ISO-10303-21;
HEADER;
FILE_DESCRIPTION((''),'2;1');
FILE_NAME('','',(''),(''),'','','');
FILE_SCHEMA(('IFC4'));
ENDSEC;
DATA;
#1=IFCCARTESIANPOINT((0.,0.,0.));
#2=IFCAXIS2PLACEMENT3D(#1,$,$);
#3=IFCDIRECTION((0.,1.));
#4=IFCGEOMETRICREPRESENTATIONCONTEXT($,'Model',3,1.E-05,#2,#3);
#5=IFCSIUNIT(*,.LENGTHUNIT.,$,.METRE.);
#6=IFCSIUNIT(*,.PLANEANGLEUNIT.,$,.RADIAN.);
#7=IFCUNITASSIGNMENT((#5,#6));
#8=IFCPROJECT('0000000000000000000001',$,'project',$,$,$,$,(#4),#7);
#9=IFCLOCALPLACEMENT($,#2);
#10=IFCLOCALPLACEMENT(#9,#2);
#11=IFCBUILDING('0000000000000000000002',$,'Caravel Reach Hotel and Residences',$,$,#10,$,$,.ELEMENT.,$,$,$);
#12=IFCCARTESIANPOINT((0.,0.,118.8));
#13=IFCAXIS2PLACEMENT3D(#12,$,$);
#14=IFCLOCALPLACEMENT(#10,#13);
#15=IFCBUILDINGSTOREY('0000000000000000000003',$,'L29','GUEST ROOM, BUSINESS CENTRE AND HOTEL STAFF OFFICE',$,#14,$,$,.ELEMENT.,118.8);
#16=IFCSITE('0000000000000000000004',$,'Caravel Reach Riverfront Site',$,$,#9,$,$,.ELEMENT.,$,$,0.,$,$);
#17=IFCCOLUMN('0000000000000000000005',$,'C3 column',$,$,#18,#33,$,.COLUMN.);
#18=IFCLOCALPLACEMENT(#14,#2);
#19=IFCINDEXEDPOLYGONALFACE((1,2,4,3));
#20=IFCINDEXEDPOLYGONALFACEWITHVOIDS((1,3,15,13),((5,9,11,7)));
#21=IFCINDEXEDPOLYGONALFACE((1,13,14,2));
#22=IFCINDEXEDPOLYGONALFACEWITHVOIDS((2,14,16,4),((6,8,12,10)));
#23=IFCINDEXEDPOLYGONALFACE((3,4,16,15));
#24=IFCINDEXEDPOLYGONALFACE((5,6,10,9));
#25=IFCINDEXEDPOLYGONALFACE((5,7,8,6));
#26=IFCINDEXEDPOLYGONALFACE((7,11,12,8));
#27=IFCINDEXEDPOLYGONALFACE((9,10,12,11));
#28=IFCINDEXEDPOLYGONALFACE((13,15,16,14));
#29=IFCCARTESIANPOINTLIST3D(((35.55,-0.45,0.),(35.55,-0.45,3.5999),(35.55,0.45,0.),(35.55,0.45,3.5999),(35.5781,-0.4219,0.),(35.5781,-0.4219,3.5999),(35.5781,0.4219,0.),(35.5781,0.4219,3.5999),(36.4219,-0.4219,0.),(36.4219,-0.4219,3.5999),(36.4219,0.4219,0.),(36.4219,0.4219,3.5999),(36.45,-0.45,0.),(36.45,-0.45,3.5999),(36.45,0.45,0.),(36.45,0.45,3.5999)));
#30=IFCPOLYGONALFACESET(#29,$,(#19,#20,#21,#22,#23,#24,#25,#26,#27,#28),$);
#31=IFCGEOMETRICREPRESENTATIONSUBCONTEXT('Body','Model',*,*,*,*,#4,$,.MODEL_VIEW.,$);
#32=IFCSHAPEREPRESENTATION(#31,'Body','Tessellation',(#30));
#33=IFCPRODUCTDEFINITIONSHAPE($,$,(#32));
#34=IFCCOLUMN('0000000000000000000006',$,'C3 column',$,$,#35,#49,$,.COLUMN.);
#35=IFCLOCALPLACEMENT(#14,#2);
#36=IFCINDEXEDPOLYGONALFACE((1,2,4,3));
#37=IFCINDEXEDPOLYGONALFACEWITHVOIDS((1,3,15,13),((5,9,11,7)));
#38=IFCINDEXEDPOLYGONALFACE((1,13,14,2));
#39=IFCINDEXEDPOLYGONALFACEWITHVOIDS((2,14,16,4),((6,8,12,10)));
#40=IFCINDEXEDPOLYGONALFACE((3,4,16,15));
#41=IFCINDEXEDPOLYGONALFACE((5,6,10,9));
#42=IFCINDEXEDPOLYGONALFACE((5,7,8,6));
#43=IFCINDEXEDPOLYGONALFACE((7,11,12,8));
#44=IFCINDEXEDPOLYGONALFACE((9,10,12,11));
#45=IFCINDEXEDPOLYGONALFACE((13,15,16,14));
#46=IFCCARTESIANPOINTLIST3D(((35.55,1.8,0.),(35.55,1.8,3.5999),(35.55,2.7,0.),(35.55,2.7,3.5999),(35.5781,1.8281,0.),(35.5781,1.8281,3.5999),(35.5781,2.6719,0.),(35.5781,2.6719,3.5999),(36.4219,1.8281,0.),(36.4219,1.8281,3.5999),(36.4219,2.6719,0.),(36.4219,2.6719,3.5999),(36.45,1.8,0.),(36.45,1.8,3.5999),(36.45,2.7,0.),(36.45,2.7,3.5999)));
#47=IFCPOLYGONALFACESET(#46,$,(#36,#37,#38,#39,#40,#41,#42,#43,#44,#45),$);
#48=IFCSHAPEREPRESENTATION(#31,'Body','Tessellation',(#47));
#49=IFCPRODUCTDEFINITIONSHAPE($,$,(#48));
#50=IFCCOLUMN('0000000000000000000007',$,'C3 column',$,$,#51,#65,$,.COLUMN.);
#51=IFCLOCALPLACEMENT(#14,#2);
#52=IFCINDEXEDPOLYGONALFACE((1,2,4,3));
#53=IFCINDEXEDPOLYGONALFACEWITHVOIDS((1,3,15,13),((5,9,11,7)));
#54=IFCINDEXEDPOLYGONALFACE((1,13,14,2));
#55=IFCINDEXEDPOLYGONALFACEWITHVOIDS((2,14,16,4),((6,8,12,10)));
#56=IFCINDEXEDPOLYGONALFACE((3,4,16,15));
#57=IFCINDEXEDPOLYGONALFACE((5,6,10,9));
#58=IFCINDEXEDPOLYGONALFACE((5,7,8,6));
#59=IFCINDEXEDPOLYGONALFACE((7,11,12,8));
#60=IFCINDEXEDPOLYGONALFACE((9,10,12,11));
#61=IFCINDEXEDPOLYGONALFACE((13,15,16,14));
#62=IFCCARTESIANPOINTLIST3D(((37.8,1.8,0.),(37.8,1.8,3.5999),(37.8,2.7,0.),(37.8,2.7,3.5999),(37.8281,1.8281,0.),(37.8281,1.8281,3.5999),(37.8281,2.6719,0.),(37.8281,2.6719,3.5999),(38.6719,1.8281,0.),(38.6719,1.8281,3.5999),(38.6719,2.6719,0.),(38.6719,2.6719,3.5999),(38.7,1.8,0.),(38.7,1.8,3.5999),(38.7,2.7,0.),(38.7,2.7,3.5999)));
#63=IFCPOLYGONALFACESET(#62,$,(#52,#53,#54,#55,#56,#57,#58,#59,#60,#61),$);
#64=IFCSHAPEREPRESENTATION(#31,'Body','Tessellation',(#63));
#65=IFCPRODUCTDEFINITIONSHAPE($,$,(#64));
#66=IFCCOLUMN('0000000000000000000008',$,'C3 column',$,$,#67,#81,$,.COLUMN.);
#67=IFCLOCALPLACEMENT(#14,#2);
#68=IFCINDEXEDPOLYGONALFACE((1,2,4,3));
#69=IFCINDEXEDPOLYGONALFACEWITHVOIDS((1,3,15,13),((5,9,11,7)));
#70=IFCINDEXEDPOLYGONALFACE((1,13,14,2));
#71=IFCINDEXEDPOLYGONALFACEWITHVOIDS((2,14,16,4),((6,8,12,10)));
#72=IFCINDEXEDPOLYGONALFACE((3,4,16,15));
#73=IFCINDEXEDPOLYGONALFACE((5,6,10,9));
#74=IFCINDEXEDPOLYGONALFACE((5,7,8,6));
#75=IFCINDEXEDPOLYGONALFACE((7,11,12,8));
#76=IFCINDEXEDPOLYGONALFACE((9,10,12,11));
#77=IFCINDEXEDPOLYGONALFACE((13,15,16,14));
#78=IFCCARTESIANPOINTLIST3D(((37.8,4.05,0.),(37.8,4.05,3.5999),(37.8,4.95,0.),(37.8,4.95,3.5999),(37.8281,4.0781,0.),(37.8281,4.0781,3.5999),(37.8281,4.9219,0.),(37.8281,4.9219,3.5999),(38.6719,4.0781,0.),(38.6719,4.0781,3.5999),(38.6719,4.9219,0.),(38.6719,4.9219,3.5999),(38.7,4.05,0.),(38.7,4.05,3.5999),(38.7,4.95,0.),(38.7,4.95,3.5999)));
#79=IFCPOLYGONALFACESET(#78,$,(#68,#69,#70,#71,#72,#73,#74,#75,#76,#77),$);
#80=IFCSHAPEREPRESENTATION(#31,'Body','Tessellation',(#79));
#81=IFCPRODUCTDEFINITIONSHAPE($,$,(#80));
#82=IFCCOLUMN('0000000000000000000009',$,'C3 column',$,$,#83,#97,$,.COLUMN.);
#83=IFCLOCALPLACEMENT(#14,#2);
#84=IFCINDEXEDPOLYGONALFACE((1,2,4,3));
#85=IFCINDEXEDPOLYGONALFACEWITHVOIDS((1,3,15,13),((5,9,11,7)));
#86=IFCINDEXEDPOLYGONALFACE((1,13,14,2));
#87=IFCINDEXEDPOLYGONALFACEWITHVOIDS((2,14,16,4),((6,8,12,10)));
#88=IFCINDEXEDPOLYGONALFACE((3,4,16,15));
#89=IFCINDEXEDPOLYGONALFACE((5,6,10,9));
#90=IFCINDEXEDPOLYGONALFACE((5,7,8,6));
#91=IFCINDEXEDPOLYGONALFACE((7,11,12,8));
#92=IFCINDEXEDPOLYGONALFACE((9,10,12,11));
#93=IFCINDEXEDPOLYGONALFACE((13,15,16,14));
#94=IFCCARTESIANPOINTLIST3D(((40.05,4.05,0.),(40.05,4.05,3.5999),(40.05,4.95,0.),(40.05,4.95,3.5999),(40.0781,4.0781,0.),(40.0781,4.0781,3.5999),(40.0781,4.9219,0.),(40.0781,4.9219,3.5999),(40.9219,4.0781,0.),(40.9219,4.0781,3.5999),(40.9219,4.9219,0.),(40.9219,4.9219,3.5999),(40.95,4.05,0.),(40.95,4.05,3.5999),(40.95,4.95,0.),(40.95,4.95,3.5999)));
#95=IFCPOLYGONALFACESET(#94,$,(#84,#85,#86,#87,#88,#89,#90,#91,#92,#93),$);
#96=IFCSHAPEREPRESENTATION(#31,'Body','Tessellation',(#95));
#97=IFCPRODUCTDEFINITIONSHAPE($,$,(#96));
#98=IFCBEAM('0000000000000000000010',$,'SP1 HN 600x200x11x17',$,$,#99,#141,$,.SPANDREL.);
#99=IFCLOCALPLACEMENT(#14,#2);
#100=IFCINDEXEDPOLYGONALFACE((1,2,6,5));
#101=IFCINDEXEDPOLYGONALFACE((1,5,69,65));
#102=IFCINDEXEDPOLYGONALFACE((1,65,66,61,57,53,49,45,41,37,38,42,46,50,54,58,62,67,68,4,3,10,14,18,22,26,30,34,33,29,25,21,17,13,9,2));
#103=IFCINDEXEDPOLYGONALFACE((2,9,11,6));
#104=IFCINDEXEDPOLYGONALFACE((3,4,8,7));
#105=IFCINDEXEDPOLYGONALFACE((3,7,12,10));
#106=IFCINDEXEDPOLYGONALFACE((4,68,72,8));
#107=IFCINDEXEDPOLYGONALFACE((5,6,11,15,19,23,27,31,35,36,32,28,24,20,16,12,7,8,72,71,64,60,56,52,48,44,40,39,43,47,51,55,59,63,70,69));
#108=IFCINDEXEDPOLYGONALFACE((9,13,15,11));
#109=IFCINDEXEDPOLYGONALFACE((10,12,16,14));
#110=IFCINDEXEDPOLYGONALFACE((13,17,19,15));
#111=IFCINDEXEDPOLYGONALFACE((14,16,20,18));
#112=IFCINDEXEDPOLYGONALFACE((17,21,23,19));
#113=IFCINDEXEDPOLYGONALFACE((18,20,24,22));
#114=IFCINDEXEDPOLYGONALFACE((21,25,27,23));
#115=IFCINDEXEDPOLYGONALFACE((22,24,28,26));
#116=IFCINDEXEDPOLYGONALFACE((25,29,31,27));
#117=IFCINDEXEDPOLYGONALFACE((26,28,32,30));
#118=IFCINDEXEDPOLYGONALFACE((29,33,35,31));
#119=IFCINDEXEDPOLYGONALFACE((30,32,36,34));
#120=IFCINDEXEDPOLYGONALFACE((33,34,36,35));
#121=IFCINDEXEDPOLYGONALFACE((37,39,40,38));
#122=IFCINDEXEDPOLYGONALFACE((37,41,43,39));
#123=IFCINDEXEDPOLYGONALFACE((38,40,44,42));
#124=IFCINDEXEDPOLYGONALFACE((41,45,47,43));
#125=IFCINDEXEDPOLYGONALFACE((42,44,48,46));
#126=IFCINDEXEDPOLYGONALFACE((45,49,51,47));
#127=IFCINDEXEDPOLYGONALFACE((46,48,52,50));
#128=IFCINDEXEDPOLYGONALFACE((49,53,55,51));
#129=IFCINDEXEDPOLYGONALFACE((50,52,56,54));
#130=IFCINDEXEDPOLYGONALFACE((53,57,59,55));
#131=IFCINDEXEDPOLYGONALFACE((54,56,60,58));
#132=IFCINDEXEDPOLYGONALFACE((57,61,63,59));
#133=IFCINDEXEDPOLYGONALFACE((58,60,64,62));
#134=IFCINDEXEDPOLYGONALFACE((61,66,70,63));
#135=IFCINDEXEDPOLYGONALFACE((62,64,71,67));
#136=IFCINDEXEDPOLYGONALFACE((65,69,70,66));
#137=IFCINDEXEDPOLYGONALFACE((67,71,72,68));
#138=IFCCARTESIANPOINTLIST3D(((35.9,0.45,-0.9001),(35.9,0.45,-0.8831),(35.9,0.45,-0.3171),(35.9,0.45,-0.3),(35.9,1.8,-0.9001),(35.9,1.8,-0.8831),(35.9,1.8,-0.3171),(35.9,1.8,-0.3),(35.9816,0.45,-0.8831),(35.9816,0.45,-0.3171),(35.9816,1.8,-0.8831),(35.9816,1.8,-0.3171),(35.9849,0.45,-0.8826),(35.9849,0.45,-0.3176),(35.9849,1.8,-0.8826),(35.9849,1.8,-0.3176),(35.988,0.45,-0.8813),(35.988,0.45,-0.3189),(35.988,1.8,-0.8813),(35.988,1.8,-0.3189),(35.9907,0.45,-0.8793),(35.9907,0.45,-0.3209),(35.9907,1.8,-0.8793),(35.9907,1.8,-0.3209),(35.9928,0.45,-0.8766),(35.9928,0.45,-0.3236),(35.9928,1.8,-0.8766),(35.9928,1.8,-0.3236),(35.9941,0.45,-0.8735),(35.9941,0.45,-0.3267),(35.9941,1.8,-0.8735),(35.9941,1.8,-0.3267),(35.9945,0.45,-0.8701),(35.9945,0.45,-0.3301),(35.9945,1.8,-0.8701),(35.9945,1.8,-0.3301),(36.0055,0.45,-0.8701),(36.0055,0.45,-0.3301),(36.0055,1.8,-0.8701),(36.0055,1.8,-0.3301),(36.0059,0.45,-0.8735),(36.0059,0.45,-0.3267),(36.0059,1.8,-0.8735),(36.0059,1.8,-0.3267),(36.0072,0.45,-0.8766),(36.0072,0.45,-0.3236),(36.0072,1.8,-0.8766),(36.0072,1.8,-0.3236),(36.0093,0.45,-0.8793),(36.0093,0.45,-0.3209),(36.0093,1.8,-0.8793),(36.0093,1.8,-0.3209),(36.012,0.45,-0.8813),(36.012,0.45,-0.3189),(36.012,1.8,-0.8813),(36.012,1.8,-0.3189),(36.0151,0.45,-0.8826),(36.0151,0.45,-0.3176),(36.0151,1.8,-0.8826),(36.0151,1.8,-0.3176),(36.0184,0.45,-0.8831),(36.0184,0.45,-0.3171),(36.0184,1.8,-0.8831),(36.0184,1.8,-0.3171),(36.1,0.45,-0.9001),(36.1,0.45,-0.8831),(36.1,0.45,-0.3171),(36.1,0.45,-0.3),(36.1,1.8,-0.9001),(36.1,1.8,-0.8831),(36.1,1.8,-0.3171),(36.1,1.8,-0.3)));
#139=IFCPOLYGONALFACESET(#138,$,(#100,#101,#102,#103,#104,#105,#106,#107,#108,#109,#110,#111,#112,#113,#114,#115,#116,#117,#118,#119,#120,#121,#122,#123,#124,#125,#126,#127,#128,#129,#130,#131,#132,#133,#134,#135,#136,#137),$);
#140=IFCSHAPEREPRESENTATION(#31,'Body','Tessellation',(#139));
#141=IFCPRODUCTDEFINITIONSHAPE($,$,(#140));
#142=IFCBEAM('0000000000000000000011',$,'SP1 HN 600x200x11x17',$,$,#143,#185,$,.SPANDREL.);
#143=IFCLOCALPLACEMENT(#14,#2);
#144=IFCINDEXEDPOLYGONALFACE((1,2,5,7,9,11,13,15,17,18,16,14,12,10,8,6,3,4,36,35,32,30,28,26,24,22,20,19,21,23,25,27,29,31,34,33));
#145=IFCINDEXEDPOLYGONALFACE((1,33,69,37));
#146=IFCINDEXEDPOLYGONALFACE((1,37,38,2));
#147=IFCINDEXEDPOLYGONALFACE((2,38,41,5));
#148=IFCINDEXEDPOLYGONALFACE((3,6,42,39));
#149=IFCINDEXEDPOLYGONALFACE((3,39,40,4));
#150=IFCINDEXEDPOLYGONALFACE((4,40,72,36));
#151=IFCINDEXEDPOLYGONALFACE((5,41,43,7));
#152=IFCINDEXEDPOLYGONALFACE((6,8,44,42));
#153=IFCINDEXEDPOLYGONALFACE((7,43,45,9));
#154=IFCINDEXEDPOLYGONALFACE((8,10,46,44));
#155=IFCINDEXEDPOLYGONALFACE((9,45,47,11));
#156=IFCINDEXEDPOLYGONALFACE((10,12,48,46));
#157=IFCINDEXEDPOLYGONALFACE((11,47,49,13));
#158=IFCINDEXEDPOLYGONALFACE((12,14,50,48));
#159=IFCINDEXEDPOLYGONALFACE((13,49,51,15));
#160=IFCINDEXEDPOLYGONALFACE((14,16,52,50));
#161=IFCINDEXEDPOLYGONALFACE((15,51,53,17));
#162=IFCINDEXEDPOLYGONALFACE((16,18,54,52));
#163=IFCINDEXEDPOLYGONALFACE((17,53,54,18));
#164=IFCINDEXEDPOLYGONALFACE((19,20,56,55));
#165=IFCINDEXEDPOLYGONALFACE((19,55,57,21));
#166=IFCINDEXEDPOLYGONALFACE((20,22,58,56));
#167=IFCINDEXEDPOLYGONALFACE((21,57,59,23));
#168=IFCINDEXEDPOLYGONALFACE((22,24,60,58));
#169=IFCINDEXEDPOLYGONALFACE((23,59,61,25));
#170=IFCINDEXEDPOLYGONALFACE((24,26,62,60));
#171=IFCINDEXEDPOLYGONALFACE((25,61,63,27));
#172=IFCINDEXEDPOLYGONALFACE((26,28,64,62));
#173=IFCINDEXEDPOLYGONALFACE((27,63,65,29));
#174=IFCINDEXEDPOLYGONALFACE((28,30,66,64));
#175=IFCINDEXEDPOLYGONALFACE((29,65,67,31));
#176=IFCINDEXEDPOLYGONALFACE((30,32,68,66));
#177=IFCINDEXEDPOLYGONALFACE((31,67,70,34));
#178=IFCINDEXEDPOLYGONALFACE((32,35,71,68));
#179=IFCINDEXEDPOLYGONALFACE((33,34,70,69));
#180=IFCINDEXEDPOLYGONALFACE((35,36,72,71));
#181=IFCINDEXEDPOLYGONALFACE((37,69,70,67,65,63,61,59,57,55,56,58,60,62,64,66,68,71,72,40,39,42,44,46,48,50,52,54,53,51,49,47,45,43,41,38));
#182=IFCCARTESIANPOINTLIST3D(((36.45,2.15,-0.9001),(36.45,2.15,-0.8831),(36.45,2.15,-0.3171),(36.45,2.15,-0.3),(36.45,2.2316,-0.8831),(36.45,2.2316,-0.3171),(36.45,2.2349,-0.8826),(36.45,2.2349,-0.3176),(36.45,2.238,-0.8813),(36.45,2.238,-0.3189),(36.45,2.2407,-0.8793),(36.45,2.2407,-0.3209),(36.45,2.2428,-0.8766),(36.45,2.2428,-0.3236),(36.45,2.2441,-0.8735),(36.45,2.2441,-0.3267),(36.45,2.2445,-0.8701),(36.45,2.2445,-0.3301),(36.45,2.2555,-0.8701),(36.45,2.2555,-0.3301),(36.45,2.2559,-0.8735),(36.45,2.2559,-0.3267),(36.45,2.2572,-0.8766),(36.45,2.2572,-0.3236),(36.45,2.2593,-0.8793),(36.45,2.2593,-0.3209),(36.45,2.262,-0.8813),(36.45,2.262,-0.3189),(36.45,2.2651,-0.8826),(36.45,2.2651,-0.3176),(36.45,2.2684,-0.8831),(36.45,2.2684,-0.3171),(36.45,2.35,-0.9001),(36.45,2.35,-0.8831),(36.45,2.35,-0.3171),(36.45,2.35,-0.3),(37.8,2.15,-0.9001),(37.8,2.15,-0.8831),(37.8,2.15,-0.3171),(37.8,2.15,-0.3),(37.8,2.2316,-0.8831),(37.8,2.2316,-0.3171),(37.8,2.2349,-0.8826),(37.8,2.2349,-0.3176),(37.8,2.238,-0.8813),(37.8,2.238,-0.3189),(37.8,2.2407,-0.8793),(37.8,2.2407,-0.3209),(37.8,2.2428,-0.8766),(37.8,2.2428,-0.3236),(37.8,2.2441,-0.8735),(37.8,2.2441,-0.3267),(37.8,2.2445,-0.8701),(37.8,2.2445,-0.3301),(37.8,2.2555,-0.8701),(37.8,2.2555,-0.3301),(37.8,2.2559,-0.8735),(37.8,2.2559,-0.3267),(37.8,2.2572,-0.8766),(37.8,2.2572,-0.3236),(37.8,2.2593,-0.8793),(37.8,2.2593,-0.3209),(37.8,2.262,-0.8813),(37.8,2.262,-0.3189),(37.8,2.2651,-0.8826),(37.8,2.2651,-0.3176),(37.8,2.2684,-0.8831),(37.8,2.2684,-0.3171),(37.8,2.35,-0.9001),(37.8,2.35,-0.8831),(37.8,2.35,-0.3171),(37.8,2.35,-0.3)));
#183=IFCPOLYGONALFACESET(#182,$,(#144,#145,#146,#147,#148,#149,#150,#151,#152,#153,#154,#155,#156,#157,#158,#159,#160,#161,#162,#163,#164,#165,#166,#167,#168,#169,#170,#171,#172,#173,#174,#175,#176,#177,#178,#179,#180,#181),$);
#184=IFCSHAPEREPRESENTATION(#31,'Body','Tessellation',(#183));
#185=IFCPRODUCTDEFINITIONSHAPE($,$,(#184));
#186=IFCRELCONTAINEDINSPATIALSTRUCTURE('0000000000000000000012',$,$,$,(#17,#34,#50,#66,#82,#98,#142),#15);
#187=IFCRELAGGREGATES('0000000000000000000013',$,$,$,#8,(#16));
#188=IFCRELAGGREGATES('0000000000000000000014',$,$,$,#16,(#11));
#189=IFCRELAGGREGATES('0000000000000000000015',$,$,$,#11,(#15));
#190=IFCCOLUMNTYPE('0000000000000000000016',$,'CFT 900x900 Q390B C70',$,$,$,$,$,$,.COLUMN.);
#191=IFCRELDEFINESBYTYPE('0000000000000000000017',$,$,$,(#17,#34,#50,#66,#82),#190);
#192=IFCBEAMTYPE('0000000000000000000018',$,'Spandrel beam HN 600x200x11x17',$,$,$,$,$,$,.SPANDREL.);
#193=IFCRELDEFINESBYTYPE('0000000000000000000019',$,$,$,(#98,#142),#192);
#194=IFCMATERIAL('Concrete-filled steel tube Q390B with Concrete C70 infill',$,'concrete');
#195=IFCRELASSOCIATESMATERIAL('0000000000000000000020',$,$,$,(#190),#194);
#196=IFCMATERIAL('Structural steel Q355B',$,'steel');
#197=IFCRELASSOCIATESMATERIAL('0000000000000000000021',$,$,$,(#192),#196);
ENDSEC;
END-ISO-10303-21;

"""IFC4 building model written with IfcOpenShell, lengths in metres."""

from ifc_helpers import new_model, si_unit, direction, frame, origin, origin_2d, place, context, subcontext, project, spatial, hollow_rectangle, i_section, extrude, material, material_profile, profile_set, type_object, element, save


model = new_model("IFC4")

# Units and contexts
model_context = context("Model", 3, precision=1e-05, world=origin(), true_north=direction((0.0, 1.0)))
body_context = subcontext(model_context, "Body", "Model", "MODEL_VIEW")
ifc_project = project(units=[si_unit("LENGTHUNIT", "METRE"), si_unit("PLANEANGLEUNIT", "RADIAN")], contexts=[model_context])

# Site, building, storey
site_placement = place(None, origin())
site = spatial("IfcSite", under=ifc_project, at=site_placement, Name="Caravel Reach Riverfront Site", CompositionType="ELEMENT", RefElevation=0.0)
building_placement = place(site_placement, origin())
building = spatial("IfcBuilding", under=site, at=building_placement, Name="Caravel Reach Hotel and Residences", CompositionType="ELEMENT")
storey_placement = place(building_placement, frame((0.0, 0.0, 118.8)))
storey = spatial("IfcBuildingStorey", under=building, at=storey_placement, Name="L29", Description="GUEST ROOM, BUSINESS CENTRE AND HOTEL STAFF OFFICE", CompositionType="ELEMENT", Elevation=118.8)

# Columns
ifc_material_1 = material(Name="Concrete-filled steel tube Q390B with Concrete C70 infill", Category="concrete")
ifc_material_profile_1 = material_profile(ifc_material_1, hollow_rectangle(XDim=0.8999, YDim=0.8999, WallThickness=0.0281, at=origin_2d()), Name="RHS 900x900x28")
ifc_profile_set_1 = profile_set([ifc_material_profile_1], Name="Concrete-filled steel tube Q390B with Concrete C70 infill")
column_type = type_object("IfcColumnType", Name="CFT 900x900 Q390B C70", PredefinedType="COLUMN", material=ifc_profile_set_1)
for number, where, z_axis, x_axis, name in (
    (1, (36.0, 0.0, 0.0), (0.0, 0.0, 1.0), (1.0, 0.0, 0.0), "C3 column"),
    (2, (36.0, 2.25, 0.0), (0.0, 0.0, 1.0), (1.0, 0.0, 0.0), "C3 column"),
    (3, (38.25, 2.25, 0.0), (0.0, 0.0, 1.0), (1.0, 0.0, 0.0), "C3 column"),
    (4, (38.25, 4.5, 0.0), (0.0, 0.0, 1.0), (1.0, 0.0, 0.0), "C3 column"),
    (5, (40.5, 4.5, 0.0), (0.0, 0.0, 1.0), (1.0, 0.0, 0.0), "C3 column"),
):
    element("IfcColumn", number, at=place(storey_placement, frame(where, z_axis=z_axis, x_axis=x_axis)), inside=storey, type_object=column_type, Name=name, PredefinedType="COLUMN", context=body_context, shape_type="SweptSolid", body=[
        extrude(hollow_rectangle(XDim=0.8999, YDim=0.8999, WallThickness=0.0281, at=origin_2d()), origin(), (0.0, 0.0, 1.0), 3.5999),
    ])

# Beams
ifc_material_2 = material(Name="Structural steel Q355B", Category="steel")
ifc_material_profile_2 = material_profile(ifc_material_2, i_section(OverallWidth=0.2, OverallDepth=0.6001, WebThickness=0.011, FlangeThickness=0.0171, FilletRadius=0.0129, at=origin_2d()), Name="HN 600x200x11x17")
ifc_profile_set_2 = profile_set([ifc_material_profile_2], Name="Structural steel Q355B")
beam_type = type_object("IfcBeamType", Name="Spandrel beam HN 600x200x11x17", PredefinedType="SPANDREL", material=ifc_profile_set_2)
for number, where, z_axis, x_axis, name in (
    (6, (36.0, 0.45, -0.6001), (0.0, 1.0, 0.0), (-1.0, 0.0, 0.0), "SP1 HN 600x200x11x17"),
    (7, (36.45, 2.25, -0.6001), (1.0, 0.0, 0.0), (0.0, 1.0, 0.0), "SP1 HN 600x200x11x17"),
):
    element("IfcBeam", number, at=place(storey_placement, frame(where, z_axis=z_axis, x_axis=x_axis)), inside=storey, type_object=beam_type, Name=name, PredefinedType="SPANDREL", context=body_context, shape_type="SweptSolid", body=[
        extrude(i_section(OverallWidth=0.2, OverallDepth=0.6001, WebThickness=0.011, FlangeThickness=0.0171, FilletRadius=0.0129, at=origin_2d()), origin(), (0.0, 0.0, 1.0), 1.3501),
    ])

save(model, "model.ifc")
